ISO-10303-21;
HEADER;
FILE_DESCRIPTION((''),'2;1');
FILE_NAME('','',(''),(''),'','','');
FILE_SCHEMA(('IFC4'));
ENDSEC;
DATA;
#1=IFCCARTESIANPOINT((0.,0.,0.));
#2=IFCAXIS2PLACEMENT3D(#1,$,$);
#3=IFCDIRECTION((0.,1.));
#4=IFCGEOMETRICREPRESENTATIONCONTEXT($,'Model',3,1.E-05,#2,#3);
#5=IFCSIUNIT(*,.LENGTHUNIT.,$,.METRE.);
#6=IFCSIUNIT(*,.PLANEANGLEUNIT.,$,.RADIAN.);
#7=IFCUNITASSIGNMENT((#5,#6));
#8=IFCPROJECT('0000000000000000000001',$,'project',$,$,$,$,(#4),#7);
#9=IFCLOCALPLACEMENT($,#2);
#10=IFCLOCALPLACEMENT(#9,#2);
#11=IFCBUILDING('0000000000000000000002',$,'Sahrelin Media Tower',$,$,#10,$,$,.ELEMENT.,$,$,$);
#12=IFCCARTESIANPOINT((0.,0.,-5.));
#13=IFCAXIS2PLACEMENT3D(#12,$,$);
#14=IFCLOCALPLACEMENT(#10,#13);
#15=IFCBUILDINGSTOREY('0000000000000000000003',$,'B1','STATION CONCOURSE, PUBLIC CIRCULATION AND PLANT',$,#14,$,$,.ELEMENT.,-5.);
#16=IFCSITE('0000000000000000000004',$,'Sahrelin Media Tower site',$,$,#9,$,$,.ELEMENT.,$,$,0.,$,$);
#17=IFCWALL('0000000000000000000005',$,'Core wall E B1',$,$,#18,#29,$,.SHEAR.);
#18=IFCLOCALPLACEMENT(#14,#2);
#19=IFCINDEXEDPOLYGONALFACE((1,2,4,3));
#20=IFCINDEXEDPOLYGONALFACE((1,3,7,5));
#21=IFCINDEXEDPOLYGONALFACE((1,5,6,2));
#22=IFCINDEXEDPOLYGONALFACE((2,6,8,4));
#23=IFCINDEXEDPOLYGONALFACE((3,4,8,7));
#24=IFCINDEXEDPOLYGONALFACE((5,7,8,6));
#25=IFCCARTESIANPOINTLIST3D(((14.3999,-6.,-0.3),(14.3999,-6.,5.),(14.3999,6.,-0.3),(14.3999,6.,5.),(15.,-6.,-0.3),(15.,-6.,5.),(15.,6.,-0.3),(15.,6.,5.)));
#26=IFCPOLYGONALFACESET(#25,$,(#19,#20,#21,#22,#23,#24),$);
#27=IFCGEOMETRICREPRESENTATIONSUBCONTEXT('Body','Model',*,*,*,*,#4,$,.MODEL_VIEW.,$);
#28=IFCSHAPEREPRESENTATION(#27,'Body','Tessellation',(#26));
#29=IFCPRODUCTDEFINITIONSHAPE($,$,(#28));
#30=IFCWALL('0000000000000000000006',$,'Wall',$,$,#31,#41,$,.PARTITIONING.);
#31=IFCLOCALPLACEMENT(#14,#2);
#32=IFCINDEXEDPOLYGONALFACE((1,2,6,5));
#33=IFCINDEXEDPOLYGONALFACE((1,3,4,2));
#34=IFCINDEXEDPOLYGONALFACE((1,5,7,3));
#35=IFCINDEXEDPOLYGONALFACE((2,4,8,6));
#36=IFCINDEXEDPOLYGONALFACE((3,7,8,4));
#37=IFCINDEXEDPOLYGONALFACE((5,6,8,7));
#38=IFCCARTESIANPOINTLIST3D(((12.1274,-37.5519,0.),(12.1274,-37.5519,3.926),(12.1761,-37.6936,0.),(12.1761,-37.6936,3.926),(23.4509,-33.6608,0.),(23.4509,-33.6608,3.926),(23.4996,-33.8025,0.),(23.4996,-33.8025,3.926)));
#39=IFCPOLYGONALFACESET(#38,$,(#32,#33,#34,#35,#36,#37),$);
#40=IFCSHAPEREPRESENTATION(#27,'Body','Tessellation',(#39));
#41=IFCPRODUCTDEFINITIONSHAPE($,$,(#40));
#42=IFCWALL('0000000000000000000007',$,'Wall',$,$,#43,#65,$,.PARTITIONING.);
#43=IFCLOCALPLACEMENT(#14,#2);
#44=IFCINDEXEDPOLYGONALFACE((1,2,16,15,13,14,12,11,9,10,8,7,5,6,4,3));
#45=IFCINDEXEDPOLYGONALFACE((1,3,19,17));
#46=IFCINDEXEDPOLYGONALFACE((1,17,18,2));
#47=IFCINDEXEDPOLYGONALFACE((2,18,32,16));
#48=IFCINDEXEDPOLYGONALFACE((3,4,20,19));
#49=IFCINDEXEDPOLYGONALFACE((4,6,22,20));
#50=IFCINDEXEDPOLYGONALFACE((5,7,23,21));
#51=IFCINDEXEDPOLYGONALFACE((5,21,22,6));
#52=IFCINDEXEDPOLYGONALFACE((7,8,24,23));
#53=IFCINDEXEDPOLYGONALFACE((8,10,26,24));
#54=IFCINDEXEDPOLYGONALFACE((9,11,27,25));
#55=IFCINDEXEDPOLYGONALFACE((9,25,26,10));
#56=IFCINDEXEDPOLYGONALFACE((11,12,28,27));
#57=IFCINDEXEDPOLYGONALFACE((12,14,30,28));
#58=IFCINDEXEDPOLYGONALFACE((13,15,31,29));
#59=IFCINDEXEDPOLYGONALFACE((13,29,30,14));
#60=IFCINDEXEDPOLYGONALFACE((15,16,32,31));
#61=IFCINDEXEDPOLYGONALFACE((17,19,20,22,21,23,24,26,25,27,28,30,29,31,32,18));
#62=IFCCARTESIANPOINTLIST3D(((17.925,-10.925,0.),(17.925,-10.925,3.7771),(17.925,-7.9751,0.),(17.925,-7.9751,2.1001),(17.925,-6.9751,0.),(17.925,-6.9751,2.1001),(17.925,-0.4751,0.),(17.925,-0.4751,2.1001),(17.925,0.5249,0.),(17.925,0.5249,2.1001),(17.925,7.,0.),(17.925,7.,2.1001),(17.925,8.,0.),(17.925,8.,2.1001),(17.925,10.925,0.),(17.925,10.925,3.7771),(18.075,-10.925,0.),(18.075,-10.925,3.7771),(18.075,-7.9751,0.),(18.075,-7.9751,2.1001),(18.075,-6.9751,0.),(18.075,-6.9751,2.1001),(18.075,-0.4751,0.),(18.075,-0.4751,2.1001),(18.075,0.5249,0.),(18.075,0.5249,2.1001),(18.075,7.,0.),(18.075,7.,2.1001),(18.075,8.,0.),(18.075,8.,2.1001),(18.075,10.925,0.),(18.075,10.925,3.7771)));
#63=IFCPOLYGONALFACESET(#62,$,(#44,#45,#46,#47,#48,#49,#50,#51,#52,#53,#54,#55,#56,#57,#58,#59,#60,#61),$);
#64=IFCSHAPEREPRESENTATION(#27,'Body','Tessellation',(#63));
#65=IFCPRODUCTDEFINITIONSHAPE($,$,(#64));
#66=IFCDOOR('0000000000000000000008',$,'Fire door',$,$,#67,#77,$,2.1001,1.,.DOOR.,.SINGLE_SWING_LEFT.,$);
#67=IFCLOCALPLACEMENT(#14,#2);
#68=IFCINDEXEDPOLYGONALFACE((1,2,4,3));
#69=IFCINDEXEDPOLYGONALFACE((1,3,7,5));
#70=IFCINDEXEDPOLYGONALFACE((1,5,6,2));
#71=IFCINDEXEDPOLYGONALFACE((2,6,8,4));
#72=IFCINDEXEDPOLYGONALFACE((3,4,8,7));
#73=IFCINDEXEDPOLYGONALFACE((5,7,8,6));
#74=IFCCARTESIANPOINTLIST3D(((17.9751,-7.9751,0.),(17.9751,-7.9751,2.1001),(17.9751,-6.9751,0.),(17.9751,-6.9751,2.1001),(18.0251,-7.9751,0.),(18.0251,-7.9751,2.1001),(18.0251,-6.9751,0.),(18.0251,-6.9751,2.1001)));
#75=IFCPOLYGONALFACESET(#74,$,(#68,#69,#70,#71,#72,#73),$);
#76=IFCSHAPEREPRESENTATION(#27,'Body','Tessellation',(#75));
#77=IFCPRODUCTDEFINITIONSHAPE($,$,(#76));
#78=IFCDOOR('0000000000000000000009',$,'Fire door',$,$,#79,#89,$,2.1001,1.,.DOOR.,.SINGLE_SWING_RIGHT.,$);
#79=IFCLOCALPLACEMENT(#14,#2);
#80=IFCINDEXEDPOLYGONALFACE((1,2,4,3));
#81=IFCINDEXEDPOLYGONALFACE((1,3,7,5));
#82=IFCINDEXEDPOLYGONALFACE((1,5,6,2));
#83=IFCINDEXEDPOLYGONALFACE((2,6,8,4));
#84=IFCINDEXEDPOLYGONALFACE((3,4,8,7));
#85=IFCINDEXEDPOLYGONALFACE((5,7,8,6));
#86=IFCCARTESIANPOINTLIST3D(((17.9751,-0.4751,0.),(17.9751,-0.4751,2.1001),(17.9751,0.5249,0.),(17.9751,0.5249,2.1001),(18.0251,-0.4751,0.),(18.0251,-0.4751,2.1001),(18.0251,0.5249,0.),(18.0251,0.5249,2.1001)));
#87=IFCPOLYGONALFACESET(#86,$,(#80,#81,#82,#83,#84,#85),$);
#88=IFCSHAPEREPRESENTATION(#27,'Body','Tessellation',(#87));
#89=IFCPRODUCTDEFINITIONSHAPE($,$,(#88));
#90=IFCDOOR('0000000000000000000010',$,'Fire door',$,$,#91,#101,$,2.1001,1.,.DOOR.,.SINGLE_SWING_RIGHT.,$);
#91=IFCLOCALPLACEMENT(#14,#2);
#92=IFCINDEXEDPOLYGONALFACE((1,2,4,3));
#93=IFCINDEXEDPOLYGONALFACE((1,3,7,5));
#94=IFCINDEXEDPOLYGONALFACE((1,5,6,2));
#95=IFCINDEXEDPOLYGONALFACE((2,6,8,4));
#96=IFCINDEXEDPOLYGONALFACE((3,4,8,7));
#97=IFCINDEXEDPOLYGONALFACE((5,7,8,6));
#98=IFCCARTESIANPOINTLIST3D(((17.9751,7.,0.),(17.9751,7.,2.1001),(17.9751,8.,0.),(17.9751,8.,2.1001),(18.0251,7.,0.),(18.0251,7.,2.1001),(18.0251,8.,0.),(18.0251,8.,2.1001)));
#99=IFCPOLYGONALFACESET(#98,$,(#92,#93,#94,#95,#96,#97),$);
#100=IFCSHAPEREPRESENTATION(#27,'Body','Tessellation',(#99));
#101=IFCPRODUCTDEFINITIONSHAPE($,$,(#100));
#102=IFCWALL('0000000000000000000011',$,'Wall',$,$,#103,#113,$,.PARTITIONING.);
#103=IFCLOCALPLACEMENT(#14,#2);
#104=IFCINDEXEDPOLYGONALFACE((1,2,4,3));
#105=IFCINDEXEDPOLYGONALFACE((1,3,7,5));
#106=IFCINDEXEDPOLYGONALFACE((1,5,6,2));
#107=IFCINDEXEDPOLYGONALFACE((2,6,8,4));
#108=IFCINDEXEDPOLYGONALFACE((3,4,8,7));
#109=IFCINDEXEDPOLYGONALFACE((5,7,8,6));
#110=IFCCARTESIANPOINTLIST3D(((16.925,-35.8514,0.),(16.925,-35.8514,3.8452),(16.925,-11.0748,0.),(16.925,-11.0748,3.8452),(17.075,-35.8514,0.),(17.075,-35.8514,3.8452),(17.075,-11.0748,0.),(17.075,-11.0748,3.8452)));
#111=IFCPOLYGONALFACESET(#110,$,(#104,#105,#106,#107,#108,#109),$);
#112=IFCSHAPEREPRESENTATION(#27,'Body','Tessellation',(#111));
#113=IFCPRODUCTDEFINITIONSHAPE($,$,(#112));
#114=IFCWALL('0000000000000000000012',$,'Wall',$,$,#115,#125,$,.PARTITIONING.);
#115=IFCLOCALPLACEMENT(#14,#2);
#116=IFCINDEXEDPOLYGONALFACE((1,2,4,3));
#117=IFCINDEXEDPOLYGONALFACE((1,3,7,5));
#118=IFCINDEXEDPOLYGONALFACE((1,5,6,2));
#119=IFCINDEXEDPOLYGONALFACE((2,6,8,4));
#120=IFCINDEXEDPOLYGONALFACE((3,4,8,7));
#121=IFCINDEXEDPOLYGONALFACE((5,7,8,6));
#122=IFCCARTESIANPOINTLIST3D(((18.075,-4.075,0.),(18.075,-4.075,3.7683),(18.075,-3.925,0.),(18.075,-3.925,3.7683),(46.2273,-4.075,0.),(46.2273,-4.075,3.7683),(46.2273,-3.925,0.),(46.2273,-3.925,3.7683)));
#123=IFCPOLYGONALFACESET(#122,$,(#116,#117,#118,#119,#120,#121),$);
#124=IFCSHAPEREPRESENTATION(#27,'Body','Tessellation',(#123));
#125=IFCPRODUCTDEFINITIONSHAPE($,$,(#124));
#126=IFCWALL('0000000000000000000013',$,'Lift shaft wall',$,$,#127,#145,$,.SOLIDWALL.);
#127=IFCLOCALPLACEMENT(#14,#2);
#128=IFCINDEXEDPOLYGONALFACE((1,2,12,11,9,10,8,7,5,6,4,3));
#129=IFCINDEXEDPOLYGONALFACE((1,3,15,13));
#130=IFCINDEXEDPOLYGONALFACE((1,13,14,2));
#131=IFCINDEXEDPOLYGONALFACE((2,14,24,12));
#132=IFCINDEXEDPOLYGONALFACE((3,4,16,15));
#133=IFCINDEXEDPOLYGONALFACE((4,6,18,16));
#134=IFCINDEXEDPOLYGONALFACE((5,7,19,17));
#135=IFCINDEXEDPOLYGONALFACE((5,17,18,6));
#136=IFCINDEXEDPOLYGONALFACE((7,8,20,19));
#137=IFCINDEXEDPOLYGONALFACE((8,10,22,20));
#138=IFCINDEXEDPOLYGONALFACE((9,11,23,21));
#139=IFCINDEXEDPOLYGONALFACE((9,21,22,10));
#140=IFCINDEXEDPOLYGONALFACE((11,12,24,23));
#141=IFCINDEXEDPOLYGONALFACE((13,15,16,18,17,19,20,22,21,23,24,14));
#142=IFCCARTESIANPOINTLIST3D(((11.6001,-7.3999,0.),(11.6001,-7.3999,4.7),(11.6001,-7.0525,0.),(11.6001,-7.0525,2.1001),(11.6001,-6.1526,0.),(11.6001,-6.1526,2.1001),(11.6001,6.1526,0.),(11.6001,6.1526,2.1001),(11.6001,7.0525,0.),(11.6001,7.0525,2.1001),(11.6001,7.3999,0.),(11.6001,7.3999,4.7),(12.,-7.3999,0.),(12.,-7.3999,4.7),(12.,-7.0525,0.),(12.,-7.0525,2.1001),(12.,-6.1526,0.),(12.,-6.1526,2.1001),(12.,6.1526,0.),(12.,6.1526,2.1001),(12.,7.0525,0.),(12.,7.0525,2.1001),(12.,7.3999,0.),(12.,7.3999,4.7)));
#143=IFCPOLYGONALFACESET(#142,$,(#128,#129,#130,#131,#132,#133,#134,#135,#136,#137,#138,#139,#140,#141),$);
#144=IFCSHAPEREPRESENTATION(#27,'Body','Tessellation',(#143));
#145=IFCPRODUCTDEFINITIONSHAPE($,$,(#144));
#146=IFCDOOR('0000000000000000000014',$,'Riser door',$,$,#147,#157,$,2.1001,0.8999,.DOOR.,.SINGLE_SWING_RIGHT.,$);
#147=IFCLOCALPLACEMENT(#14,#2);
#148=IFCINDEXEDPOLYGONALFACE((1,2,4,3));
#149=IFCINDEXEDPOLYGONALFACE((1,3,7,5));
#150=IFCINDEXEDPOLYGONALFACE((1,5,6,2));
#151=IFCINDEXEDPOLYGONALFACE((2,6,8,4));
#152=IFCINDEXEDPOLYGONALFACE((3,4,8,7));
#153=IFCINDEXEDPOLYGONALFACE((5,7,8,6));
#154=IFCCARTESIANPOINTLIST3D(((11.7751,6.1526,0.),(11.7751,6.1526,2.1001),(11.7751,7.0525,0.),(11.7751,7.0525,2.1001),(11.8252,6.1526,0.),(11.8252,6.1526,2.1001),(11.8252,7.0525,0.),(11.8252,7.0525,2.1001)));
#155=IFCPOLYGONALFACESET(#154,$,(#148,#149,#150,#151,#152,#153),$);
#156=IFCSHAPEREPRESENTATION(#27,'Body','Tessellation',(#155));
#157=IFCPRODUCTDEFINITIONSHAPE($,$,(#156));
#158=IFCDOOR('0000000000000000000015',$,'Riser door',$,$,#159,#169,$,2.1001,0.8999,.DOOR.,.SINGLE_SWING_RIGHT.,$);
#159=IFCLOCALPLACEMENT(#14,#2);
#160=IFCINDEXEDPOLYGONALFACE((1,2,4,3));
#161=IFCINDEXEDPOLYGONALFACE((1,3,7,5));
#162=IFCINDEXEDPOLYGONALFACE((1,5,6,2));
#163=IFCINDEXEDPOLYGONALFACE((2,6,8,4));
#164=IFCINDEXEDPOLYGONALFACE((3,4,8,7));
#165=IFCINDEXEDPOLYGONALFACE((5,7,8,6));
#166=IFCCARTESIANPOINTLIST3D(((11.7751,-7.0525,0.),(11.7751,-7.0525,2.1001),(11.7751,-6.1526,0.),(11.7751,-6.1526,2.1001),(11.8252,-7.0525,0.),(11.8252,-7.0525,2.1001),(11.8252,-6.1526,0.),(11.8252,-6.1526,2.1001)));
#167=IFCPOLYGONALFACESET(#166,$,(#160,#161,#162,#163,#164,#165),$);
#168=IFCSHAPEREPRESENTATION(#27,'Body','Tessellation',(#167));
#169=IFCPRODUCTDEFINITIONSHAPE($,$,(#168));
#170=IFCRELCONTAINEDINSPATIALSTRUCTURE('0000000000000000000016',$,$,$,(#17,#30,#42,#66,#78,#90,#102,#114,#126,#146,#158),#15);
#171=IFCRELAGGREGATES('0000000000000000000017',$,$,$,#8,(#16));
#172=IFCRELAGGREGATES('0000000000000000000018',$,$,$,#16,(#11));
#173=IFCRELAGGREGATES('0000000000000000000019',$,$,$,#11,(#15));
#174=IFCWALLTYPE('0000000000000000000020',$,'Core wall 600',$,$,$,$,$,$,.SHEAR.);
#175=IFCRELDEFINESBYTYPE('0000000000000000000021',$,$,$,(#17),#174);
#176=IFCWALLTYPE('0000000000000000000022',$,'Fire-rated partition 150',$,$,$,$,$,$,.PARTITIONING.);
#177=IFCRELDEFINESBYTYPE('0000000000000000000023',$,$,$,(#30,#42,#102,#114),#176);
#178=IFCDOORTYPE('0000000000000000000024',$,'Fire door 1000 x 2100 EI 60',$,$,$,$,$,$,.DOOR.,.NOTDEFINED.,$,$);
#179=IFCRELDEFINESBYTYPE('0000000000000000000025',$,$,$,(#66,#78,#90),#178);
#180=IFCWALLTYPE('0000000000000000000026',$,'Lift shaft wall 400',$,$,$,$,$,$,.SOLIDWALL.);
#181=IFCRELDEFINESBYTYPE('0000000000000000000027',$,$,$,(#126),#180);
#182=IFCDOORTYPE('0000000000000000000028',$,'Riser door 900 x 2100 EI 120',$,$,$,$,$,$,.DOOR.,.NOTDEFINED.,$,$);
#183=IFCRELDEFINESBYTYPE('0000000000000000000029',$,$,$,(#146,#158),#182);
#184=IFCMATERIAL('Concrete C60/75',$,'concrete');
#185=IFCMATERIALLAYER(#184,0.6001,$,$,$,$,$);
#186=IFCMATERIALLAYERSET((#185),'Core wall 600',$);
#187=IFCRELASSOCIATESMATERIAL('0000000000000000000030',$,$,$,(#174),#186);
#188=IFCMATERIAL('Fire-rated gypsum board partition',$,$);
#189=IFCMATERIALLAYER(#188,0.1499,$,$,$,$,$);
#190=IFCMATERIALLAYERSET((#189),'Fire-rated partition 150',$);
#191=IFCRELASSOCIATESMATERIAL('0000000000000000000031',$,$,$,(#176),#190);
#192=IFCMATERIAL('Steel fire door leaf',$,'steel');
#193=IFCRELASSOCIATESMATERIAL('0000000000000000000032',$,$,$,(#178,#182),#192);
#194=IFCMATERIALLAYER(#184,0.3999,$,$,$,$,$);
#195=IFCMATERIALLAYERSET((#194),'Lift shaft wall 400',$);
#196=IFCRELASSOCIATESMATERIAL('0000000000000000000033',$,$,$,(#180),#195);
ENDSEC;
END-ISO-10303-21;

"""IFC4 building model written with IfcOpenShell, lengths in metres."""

from ifc_helpers import new_model, si_unit, direction, frame, frame_2d, origin, place, context, subcontext, project, spatial, rectangle, extrude, material, layer, layer_set, type_object, element, fill, save


model = new_model("IFC4")

# Units and contexts
model_context = context("Model", 3, precision=1e-05, world=origin(), true_north=direction((0.0, 1.0)))
body_context = subcontext(model_context, "Body", "Model", "MODEL_VIEW")
ifc_project = project(units=[si_unit("LENGTHUNIT", "METRE"), si_unit("PLANEANGLEUNIT", "RADIAN")], contexts=[model_context])

# Site, building, storey
site_placement = place(None, origin())
site = spatial("IfcSite", under=ifc_project, at=site_placement, Name="Sahrelin Media Tower site", CompositionType="ELEMENT", RefElevation=0.0)
building_placement = place(site_placement, origin())
building = spatial("IfcBuilding", under=site, at=building_placement, Name="Sahrelin Media Tower", CompositionType="ELEMENT")
storey_placement = place(building_placement, frame((0.0, 0.0, -5.0)))
storey = spatial("IfcBuildingStorey", under=building, at=storey_placement, Name="B1", Description="STATION CONCOURSE, PUBLIC CIRCULATION AND PLANT", CompositionType="ELEMENT", Elevation=-5.0)

# Shared definitions
ifc_material_1 = material(Name="Concrete C60/75", Category="concrete")

# Walls
ifc_layer_1 = layer(ifc_material_1, 0.6001)
ifc_layer_set_1 = layer_set([ifc_layer_1], Name="Core wall 600")
wall_type_1 = type_object("IfcWallType", Name="Core wall 600", PredefinedType="SHEAR", material=ifc_layer_set_1)
wall_1_placement = place(storey_placement, frame((14.7, -6.0, -0.3), z_axis=(0.0, 0.0, 1.0), x_axis=(0.0, 1.0, 0.0)))
element("IfcWall", 1, at=wall_1_placement, inside=storey, type_object=wall_type_1, Name="Core wall E B1", PredefinedType="SHEAR", context=body_context, shape_type="SweptSolid", body=[
    extrude(rectangle(XDim=12.0, YDim=0.6001, at=frame_2d((6.0, 0.0))), origin(), (0.0, 0.0, 1.0), 5.3),
])
ifc_material_2 = material(Name="Fire-rated gypsum board partition")
ifc_layer_2 = layer(ifc_material_2, 0.1499)
ifc_layer_set_2 = layer_set([ifc_layer_2], Name="Fire-rated partition 150")
wall_type_2 = type_object("IfcWallType", Name="Fire-rated partition 150", PredefinedType="PARTITIONING", material=ifc_layer_set_2)
wall_2_placement = place(storey_placement, frame((12.1516, -37.6228, 0.0), z_axis=(0.0, 0.0, 1.0), x_axis=(0.945721, 0.32498, 0.0)))
element("IfcWall", 2, at=wall_2_placement, inside=storey, type_object=wall_type_2, Name="Wall", PredefinedType="PARTITIONING", context=body_context, shape_type="SweptSolid", body=[
    extrude(rectangle(XDim=11.9734, YDim=0.1499, at=frame_2d((5.9868, 0.0))), origin(), (0.0, 0.0, 1.0), 3.926),
])

# Wall, openings, doors
wall_3_placement = place(storey_placement, frame((18.0, -10.925, 0.0), z_axis=(0.0, 0.0, 1.0), x_axis=(0.0, 1.0, 0.0)))
wall_3 = element("IfcWall", 3, at=wall_3_placement, inside=storey, type_object=wall_type_2, Name="Wall", PredefinedType="PARTITIONING", context=body_context, shape_type="SweptSolid", body=[
    extrude(rectangle(XDim=21.8501, YDim=0.1499, at=frame_2d((10.925, 0.0))), origin(), (0.0, 0.0, 1.0), 3.7771),
])
opening_1_placement = place(wall_3_placement, frame((2.95, 0.0, 0.0)))
opening_1 = element("IfcOpeningElement", 4, at=opening_1_placement, cuts=wall_3, PredefinedType="OPENING", context=body_context, shape_type="SweptSolid", body=[
    extrude(rectangle(XDim=1.0, YDim=2.1001, at=frame_2d((0.5, 1.05))), frame((0.0, 0.075, 0.0), z_axis=(0.0, -1.0, 0.0), x_axis=(1.0, 0.0, 0.0)), (0.0, 0.0, 1.0), 0.1499),
])
opening_2_placement = place(wall_3_placement, frame((10.45, 0.0, 0.0)))
opening_2 = element("IfcOpeningElement", 5, at=opening_2_placement, cuts=wall_3, PredefinedType="OPENING", context=body_context, shape_type="SweptSolid", body=[
    extrude(rectangle(XDim=1.0, YDim=2.1001, at=frame_2d((0.5, 1.05))), frame((0.0, 0.075, 0.0), z_axis=(0.0, -1.0, 0.0), x_axis=(1.0, 0.0, 0.0)), (0.0, 0.0, 1.0), 0.1499),
])
opening_3_placement = place(wall_3_placement, frame((17.925, 0.0, 0.0)))
opening_3 = element("IfcOpeningElement", 6, at=opening_3_placement, cuts=wall_3, PredefinedType="OPENING", context=body_context, shape_type="SweptSolid", body=[
    extrude(rectangle(XDim=1.0, YDim=2.1001, at=frame_2d((0.5, 1.05))), frame((0.0, 0.075, 0.0), z_axis=(0.0, -1.0, 0.0), x_axis=(1.0, 0.0, 0.0)), (0.0, 0.0, 1.0), 0.1499),
])
ifc_material_3 = material(Name="Steel fire door leaf", Category="steel")
door_type_1 = type_object("IfcDoorType", Name="Fire door 1000 x 2100 EI 60", OperationType="NOTDEFINED", PredefinedType="DOOR", material=ifc_material_3)
door_1_placement = place(opening_1_placement, origin())
door_1 = element("IfcDoor", 7, at=door_1_placement, inside=storey, type_object=door_type_1, Name="Fire door", OperationType="SINGLE_SWING_LEFT", OverallHeight=2.1001, OverallWidth=1.0, PredefinedType="DOOR", context=body_context, shape_type="SweptSolid", body=[
    extrude(rectangle(XDim=1.0, YDim=2.1001, at=frame_2d((0.5, 1.05))), frame((0.0, 0.0249, 0.0), z_axis=(0.0, -1.0, 0.0), x_axis=(1.0, 0.0, 0.0)), (0.0, 0.0, 1.0), 0.05),
])
fill(opening_1, door_1)
door_2_placement = place(opening_2_placement, origin())
door_2 = element("IfcDoor", 8, at=door_2_placement, inside=storey, type_object=door_type_1, Name="Fire door", OperationType="SINGLE_SWING_RIGHT", OverallHeight=2.1001, OverallWidth=1.0, PredefinedType="DOOR", context=body_context, shape_type="SweptSolid", body=[
    extrude(rectangle(XDim=1.0, YDim=2.1001, at=frame_2d((0.5, 1.05))), frame((0.0, 0.0249, 0.0), z_axis=(0.0, -1.0, 0.0), x_axis=(1.0, 0.0, 0.0)), (0.0, 0.0, 1.0), 0.05),
])
fill(opening_2, door_2)
door_3_placement = place(opening_3_placement, origin())
door_3 = element("IfcDoor", 9, at=door_3_placement, inside=storey, type_object=door_type_1, Name="Fire door", OperationType="SINGLE_SWING_RIGHT", OverallHeight=2.1001, OverallWidth=1.0, PredefinedType="DOOR", context=body_context, shape_type="SweptSolid", body=[
    extrude(rectangle(XDim=1.0, YDim=2.1001, at=frame_2d((0.5, 1.05))), frame((0.0, 0.0249, 0.0), z_axis=(0.0, -1.0, 0.0), x_axis=(1.0, 0.0, 0.0)), (0.0, 0.0, 1.0), 0.05),
])
fill(opening_3, door_3)

# Walls
wall_4_placement = place(storey_placement, frame((17.0, -11.075, 0.0), z_axis=(0.0, 0.0, 1.0), x_axis=(0.0, -1.0, 0.0)))
element("IfcWall", 10, at=wall_4_placement, inside=storey, type_object=wall_type_2, Name="Wall", PredefinedType="PARTITIONING", context=body_context, shape_type="SweptSolid", body=[
    extrude(rectangle(XDim=24.7766, YDim=0.1499, at=frame_2d((12.3882, 0.0))), origin(), (0.0, 0.0, 1.0), 3.8452),
])
wall_5_placement = place(storey_placement, frame((18.075, -4.0, 0.0), z_axis=(0.0, 0.0, 1.0), x_axis=(1.0, 0.0, 0.0)))
element("IfcWall", 11, at=wall_5_placement, inside=storey, type_object=wall_type_2, Name="Wall", PredefinedType="PARTITIONING", context=body_context, shape_type="SweptSolid", body=[
    extrude(rectangle(XDim=28.1523, YDim=0.1499, at=frame_2d((14.0762, 0.0))), origin(), (0.0, 0.0, 1.0), 3.7683),
])

# Wall, openings, doors
ifc_layer_3 = layer(ifc_material_1, 0.3999)
ifc_layer_set_3 = layer_set([ifc_layer_3], Name="Lift shaft wall 400")
wall_type_3 = type_object("IfcWallType", Name="Lift shaft wall 400", PredefinedType="SOLIDWALL", material=ifc_layer_set_3)
wall_6_placement = place(storey_placement, frame((11.8, -7.3999, 0.0), z_axis=(0.0, 0.0, 1.0), x_axis=(0.0, 1.0, 0.0)))
wall_6 = element("IfcWall", 12, at=wall_6_placement, inside=storey, type_object=wall_type_3, Name="Lift shaft wall", PredefinedType="SOLIDWALL", context=body_context, shape_type="SweptSolid", body=[
    extrude(rectangle(XDim=14.7998, YDim=0.3999, at=frame_2d((7.3999, 0.0))), origin(), (0.0, 0.0, 1.0), 4.7),
])
opening_4_placement = place(wall_6_placement, frame((13.5525, 0.0, 0.0)))
opening_4 = element("IfcOpeningElement", 13, at=opening_4_placement, cuts=wall_6, PredefinedType="OPENING", context=body_context, shape_type="SweptSolid", body=[
    extrude(rectangle(XDim=0.8999, YDim=2.1001, at=frame_2d((0.45, 1.05))), frame((0.0, 0.2, 0.0), z_axis=(0.0, -1.0, 0.0), x_axis=(1.0, 0.0, 0.0)), (0.0, 0.0, 1.0), 0.3999),
])
opening_5_placement = place(wall_6_placement, frame((0.3474, 0.0, 0.0)))
opening_5 = element("IfcOpeningElement", 14, at=opening_5_placement, cuts=wall_6, PredefinedType="OPENING", context=body_context, shape_type="SweptSolid", body=[
    extrude(rectangle(XDim=0.8999, YDim=2.1001, at=frame_2d((0.45, 1.05))), frame((0.0, 0.2, 0.0), z_axis=(0.0, -1.0, 0.0), x_axis=(1.0, 0.0, 0.0)), (0.0, 0.0, 1.0), 0.3999),
])
door_type_2 = type_object("IfcDoorType", Name="Riser door 900 x 2100 EI 120", OperationType="NOTDEFINED", PredefinedType="DOOR", material=ifc_material_3)
door_4_placement = place(opening_4_placement, origin())
door_4 = element("IfcDoor", 15, at=door_4_placement, inside=storey, type_object=door_type_2, Name="Riser door", OperationType="SINGLE_SWING_RIGHT", OverallHeight=2.1001, OverallWidth=0.8999, PredefinedType="DOOR", context=body_context, shape_type="SweptSolid", body=[
    extrude(rectangle(XDim=0.8999, YDim=2.1001, at=frame_2d((0.45, 1.05))), frame((0.0, 0.0249, 0.0), z_axis=(0.0, -1.0, 0.0), x_axis=(1.0, 0.0, 0.0)), (0.0, 0.0, 1.0), 0.05),
])
fill(opening_4, door_4)
door_5_placement = place(opening_5_placement, origin())
door_5 = element("IfcDoor", 16, at=door_5_placement, inside=storey, type_object=door_type_2, Name="Riser door", OperationType="SINGLE_SWING_RIGHT", OverallHeight=2.1001, OverallWidth=0.8999, PredefinedType="DOOR", context=body_context, shape_type="SweptSolid", body=[
    extrude(rectangle(XDim=0.8999, YDim=2.1001, at=frame_2d((0.45, 1.05))), frame((0.0, 0.0249, 0.0), z_axis=(0.0, -1.0, 0.0), x_axis=(1.0, 0.0, 0.0)), (0.0, 0.0, 1.0), 0.05),
])
fill(opening_5, door_5)

save(model, "model.ifc")
